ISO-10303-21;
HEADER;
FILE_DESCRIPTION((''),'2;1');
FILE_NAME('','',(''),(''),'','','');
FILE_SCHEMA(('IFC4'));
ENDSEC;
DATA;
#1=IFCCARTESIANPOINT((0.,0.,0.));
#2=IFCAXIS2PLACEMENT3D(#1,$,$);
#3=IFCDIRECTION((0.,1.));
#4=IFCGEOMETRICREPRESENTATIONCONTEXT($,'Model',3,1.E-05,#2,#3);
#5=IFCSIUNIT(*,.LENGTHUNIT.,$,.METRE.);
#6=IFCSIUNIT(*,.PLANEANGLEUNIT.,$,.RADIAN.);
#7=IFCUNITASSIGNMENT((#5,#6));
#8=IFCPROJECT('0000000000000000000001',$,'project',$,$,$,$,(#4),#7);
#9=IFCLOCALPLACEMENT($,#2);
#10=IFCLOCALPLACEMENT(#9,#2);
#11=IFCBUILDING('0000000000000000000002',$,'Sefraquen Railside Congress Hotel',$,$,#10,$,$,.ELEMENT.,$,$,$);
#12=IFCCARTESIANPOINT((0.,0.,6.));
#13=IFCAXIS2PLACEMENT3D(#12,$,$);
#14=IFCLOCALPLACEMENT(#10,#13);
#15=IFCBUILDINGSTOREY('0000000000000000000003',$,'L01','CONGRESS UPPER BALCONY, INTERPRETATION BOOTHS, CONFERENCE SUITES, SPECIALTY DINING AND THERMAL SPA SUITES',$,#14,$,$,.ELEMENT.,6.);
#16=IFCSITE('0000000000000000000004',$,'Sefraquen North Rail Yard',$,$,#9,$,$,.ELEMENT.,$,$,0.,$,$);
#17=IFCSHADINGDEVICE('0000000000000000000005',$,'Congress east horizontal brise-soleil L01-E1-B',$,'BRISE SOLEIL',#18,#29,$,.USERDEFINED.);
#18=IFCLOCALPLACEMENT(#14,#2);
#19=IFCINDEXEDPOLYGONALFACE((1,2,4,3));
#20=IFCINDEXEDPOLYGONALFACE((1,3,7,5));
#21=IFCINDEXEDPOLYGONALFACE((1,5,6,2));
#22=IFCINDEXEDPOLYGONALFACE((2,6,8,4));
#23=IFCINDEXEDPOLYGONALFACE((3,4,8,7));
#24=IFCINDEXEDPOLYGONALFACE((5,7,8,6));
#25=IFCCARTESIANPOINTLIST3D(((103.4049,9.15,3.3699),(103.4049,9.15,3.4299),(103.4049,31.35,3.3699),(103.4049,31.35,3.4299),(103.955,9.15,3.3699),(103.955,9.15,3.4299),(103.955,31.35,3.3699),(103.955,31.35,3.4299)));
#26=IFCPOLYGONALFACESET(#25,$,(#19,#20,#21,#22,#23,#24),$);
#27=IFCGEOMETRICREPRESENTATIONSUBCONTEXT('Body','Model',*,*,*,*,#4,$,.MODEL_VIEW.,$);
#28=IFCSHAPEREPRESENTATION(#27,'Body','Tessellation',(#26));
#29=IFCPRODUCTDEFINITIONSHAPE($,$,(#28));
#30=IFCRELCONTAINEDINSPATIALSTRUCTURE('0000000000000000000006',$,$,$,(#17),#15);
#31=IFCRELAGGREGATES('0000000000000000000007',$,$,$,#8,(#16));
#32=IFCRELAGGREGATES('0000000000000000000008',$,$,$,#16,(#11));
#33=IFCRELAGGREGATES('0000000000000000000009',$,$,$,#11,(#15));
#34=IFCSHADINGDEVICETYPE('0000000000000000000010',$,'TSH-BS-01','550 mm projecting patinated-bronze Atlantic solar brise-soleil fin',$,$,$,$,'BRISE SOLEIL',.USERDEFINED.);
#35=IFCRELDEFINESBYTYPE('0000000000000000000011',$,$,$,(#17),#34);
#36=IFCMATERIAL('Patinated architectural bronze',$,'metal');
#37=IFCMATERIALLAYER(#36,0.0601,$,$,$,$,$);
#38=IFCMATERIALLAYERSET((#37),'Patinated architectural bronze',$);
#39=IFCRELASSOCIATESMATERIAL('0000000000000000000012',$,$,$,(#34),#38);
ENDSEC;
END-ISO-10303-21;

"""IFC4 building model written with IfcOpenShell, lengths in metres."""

from ifc_helpers import new_model, si_unit, direction, frame, origin, origin_2d, place, context, subcontext, project, spatial, rectangle, extrude, material, layer, layer_set, type_object, element, save


model = new_model("IFC4")

# Units and contexts
model_context = context("Model", 3, precision=1e-05, world=origin(), true_north=direction((0.0, 1.0)))
body_context = subcontext(model_context, "Body", "Model", "MODEL_VIEW")
ifc_project = project(units=[si_unit("LENGTHUNIT", "METRE"), si_unit("PLANEANGLEUNIT", "RADIAN")], contexts=[model_context])

# Site, building, storey
site_placement = place(None, origin())
site = spatial("IfcSite", under=ifc_project, at=site_placement, Name="Sefraquen North Rail Yard", CompositionType="ELEMENT", RefElevation=0.0)
building_placement = place(site_placement, origin())
building = spatial("IfcBuilding", under=site, at=building_placement, Name="Sefraquen Railside Congress Hotel", CompositionType="ELEMENT")
storey_placement = place(building_placement, frame((0.0, 0.0, 6.0)))
storey = spatial("IfcBuildingStorey", under=building, at=storey_placement, Name="L01", Description="CONGRESS UPPER BALCONY, INTERPRETATION BOOTHS, CONFERENCE SUITES, SPECIALTY DINING AND THERMAL SPA SUITES", CompositionType="ELEMENT", Elevation=6.0)

# Shared definitions
ifc_material_1 = material(Name="Patinated architectural bronze", Category="metal")

# Shading device
ifc_layer_1 = layer(ifc_material_1, 0.0601)
ifc_layer_set_1 = layer_set([ifc_layer_1], Name="Patinated architectural bronze")
shading_device_type = type_object("IfcShadingDeviceType", Name="TSH-BS-01", Description="550 mm projecting patinated-bronze Atlantic solar brise-soleil fin", ElementType="BRISE SOLEIL", PredefinedType="USERDEFINED", material=ifc_layer_set_1)
for number, where, z_axis, x_axis, name in (
    (1, (103.6799, 20.25, 3.3699), (0.0, 0.0, 1.0), (1.0, 0.0, 0.0), "Congress east horizontal brise-soleil L01-E1-B"),
):
    element("IfcShadingDevice", number, at=place(storey_placement, frame(where, z_axis=z_axis, x_axis=x_axis)), inside=storey, type_object=shading_device_type, Name=name, ObjectType="BRISE SOLEIL", PredefinedType="USERDEFINED", context=body_context, shape_type="SweptSolid", body=[
        extrude(rectangle(XDim=0.55, YDim=22.2, at=origin_2d()), origin(), (0.0, 0.0, 1.0), 0.0601),
    ])

save(model, "model.ifc")
